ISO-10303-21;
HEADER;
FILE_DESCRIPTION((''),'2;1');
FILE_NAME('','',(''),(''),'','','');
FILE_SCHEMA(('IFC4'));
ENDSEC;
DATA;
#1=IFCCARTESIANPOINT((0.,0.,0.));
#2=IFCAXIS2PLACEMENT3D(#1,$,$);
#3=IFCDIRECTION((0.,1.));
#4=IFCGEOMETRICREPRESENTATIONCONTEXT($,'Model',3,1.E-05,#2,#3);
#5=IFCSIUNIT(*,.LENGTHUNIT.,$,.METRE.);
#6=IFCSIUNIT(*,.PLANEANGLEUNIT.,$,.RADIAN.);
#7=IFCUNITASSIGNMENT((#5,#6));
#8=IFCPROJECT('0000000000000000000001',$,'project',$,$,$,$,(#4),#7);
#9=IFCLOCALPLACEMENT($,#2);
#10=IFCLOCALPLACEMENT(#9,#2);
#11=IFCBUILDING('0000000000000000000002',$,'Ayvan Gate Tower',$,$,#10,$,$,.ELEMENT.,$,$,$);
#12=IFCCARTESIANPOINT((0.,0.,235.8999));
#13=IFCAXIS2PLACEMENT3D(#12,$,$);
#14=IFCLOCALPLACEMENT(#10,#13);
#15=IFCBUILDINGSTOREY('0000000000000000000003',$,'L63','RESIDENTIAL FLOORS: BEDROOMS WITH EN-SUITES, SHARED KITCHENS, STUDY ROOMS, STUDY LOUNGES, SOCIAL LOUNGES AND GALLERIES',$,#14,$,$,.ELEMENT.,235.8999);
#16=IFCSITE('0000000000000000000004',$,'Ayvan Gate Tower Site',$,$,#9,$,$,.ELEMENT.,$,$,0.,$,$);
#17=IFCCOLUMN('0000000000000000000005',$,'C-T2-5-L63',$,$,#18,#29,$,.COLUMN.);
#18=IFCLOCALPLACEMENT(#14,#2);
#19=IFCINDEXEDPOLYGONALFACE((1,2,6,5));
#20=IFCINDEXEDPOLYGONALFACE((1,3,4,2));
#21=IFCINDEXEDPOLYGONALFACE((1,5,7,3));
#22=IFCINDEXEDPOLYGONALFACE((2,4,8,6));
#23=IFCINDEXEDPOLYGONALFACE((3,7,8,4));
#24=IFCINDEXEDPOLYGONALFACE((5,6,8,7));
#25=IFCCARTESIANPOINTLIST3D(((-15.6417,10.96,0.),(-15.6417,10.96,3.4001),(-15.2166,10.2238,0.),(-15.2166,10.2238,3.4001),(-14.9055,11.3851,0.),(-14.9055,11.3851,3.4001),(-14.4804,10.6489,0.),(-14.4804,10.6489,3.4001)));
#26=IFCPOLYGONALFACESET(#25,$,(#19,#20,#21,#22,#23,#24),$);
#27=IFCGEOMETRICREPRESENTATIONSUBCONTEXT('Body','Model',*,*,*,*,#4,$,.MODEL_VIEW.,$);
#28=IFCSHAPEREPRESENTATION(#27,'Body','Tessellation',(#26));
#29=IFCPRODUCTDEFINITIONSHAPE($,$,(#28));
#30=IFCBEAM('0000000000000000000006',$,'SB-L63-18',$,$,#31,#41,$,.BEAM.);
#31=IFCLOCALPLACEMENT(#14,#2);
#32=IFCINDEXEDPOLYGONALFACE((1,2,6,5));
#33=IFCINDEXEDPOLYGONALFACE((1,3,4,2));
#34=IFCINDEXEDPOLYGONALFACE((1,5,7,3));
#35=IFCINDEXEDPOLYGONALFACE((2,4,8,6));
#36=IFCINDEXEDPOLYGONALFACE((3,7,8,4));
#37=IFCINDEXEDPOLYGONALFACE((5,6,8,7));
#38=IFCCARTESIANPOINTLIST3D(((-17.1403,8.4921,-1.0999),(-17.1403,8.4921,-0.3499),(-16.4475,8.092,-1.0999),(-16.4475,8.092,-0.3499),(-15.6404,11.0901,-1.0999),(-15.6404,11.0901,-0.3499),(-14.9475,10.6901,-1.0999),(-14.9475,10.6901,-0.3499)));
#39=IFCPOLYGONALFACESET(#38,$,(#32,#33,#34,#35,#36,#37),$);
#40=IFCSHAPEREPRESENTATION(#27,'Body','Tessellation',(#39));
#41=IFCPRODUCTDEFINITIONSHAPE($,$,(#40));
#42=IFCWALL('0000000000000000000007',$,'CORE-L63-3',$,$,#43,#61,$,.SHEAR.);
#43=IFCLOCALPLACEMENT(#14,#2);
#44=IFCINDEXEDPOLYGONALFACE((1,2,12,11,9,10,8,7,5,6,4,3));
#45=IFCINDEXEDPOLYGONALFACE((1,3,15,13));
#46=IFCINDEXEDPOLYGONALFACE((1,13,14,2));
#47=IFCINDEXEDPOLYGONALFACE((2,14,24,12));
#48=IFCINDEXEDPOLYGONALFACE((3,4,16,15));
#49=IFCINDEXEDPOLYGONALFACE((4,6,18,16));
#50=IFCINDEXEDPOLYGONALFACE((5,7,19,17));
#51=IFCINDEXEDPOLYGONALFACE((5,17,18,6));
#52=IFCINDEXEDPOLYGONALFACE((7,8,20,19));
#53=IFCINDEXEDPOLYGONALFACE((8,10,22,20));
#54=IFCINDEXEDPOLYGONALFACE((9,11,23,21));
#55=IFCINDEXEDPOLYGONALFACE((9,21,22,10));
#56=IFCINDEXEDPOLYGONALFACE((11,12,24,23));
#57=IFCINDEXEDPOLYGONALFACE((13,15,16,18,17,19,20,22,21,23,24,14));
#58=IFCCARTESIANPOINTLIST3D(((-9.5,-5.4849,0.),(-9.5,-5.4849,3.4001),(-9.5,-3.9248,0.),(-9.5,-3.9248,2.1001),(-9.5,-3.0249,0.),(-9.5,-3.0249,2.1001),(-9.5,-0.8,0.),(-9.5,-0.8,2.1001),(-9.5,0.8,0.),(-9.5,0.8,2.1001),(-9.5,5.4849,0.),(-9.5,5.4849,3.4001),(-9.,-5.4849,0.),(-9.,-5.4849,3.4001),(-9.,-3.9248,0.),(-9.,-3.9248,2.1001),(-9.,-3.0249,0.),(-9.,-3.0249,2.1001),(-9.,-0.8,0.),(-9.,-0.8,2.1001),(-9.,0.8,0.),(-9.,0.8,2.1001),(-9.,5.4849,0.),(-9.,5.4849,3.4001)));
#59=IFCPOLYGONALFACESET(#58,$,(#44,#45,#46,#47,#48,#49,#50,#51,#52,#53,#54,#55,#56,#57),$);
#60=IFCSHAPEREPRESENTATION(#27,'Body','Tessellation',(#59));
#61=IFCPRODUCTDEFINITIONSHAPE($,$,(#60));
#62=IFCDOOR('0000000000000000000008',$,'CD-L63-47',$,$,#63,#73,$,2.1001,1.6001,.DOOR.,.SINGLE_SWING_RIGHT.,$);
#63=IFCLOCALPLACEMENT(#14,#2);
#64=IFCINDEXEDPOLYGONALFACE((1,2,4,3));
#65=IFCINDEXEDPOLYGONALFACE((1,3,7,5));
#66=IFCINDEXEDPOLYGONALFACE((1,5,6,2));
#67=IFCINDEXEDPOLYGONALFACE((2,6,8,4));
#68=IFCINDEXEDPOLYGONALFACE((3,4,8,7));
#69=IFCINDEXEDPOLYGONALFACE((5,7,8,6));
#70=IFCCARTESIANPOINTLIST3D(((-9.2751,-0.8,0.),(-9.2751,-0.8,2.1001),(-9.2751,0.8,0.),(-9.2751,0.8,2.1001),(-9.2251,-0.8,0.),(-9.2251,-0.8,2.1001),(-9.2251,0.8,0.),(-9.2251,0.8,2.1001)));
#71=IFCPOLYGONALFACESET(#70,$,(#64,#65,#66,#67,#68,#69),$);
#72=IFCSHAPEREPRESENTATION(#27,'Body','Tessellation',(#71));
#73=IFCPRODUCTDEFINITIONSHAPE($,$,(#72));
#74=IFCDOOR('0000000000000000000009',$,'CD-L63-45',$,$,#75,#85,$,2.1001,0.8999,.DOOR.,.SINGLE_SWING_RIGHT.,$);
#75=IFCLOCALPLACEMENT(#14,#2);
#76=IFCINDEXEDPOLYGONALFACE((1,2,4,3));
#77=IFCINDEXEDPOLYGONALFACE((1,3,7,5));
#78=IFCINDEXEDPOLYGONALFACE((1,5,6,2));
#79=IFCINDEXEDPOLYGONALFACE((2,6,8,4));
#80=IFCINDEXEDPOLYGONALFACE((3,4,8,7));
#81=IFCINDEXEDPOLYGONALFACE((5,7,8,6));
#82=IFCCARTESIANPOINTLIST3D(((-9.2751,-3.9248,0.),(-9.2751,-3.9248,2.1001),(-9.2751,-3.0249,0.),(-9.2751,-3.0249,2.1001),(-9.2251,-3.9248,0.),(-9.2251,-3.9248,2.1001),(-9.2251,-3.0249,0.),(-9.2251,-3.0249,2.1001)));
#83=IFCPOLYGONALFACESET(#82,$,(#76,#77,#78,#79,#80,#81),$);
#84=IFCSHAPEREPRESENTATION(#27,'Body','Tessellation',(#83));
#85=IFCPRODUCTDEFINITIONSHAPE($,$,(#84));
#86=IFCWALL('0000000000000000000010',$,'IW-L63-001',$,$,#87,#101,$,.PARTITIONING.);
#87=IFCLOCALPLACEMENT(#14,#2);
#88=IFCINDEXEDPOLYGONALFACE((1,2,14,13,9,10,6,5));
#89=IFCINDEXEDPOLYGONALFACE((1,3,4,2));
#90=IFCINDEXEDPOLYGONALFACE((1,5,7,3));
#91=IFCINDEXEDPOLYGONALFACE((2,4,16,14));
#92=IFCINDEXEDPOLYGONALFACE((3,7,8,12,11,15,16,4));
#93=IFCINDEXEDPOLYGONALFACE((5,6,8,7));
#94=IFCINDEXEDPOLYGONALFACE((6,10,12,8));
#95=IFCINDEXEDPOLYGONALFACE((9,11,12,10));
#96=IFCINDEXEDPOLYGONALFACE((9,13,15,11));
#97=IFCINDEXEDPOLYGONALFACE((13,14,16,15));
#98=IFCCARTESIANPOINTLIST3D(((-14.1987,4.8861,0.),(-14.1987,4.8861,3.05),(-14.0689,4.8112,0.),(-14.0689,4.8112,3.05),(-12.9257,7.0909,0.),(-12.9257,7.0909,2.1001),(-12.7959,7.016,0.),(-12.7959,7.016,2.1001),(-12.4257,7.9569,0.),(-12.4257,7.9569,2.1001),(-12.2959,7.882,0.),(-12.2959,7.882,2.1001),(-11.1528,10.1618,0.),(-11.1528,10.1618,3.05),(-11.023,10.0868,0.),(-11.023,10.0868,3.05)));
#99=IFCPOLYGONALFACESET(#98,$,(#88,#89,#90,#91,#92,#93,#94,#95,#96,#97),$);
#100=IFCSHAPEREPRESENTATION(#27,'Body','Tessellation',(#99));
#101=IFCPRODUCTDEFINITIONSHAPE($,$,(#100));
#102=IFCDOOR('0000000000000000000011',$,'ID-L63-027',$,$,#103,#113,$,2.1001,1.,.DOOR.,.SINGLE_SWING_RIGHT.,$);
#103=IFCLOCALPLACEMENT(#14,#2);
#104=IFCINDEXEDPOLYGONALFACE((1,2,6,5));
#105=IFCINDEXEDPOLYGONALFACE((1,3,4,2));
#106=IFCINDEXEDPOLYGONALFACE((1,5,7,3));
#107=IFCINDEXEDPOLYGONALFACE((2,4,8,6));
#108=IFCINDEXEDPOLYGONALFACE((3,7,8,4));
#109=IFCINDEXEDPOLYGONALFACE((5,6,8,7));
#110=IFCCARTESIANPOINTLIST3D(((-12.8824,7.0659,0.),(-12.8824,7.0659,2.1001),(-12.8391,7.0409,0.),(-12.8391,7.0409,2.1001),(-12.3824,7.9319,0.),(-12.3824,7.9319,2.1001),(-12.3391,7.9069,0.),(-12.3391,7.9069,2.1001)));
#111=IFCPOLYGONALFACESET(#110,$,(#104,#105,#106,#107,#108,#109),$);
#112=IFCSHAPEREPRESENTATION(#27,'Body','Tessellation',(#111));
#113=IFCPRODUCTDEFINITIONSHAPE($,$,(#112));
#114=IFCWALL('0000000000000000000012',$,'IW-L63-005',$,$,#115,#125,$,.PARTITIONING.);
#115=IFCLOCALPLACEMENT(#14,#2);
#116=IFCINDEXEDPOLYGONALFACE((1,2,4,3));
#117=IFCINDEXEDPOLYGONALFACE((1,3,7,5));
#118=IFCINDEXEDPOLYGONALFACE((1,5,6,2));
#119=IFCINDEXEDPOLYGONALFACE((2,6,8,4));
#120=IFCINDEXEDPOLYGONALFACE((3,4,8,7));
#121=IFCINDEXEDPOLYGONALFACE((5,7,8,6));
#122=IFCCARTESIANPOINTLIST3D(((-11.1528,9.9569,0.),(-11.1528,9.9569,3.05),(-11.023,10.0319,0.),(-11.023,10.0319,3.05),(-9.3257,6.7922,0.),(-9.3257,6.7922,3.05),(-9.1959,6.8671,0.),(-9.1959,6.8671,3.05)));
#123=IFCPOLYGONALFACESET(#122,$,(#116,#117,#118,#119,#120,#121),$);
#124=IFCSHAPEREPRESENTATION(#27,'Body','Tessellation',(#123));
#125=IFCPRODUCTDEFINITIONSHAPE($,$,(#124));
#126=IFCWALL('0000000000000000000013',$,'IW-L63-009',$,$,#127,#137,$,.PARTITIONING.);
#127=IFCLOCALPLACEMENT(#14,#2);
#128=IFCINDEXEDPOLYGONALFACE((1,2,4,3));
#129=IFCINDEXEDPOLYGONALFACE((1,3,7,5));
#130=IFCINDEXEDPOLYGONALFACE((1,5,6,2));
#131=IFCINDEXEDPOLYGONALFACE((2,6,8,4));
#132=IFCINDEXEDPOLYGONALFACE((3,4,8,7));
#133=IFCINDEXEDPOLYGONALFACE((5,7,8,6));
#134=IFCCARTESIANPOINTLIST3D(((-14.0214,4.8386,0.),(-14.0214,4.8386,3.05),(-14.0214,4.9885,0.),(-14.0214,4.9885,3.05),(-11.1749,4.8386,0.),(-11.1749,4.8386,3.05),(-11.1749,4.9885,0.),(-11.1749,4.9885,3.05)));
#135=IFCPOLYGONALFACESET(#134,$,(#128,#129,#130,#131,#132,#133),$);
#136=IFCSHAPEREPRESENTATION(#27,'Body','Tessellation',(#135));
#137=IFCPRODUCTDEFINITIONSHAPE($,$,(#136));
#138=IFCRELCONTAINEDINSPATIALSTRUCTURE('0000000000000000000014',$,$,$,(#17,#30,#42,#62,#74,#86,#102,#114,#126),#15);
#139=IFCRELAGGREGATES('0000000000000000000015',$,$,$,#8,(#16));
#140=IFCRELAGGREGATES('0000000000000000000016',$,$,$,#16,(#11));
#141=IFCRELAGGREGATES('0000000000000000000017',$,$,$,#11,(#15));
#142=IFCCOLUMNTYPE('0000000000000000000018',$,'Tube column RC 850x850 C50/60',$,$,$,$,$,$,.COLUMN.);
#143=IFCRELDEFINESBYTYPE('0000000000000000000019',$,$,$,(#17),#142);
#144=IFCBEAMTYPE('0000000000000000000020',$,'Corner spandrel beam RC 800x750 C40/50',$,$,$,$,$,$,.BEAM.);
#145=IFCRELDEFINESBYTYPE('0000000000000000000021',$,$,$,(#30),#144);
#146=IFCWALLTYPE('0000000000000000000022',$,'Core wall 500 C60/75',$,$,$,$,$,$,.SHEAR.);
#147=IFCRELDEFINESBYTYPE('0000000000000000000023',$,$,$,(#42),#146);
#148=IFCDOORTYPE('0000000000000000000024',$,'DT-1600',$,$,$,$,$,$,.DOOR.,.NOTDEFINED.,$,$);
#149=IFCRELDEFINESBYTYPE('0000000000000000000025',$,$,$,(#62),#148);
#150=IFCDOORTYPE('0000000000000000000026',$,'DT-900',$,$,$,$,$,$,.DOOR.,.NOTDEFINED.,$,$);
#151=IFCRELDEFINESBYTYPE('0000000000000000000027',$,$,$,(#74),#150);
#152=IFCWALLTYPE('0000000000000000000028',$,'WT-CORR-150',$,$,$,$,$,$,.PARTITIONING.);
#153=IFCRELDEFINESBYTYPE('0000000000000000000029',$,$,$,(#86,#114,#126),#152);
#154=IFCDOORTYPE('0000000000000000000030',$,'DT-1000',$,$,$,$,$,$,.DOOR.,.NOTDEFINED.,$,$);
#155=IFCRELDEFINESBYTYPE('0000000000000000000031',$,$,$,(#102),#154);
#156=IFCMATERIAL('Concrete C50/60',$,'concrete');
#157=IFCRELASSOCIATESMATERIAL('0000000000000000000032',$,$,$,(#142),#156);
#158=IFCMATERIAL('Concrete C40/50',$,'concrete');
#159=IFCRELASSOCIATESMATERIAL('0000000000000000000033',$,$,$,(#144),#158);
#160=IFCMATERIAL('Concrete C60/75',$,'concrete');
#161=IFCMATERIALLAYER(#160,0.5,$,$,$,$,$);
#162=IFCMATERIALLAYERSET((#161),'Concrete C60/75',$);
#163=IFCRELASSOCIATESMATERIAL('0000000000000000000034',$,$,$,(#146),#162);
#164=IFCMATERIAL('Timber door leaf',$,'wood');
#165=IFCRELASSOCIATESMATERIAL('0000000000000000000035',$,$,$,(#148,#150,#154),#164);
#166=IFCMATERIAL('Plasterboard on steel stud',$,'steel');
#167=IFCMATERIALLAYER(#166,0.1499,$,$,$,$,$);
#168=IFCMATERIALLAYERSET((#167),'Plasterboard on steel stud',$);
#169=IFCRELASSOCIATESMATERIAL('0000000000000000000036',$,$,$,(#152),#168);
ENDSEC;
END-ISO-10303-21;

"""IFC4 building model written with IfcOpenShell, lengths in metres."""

from ifc_helpers import new_model, si_unit, direction, frame, frame_2d, origin, origin_2d, place, context, subcontext, project, spatial, rectangle, extrude, material, layer, layer_set, material_profile, profile_set, type_object, element, fill, save


model = new_model("IFC4")

# Units and contexts
model_context = context("Model", 3, precision=1e-05, world=origin(), true_north=direction((0.0, 1.0)))
body_context = subcontext(model_context, "Body", "Model", "MODEL_VIEW")
ifc_project = project(units=[si_unit("LENGTHUNIT", "METRE"), si_unit("PLANEANGLEUNIT", "RADIAN")], contexts=[model_context])

# Site, building, storey
site_placement = place(None, origin())
site = spatial("IfcSite", under=ifc_project, at=site_placement, Name="Ayvan Gate Tower Site", CompositionType="ELEMENT", RefElevation=0.0)
building_placement = place(site_placement, origin())
building = spatial("IfcBuilding", under=site, at=building_placement, Name="Ayvan Gate Tower", CompositionType="ELEMENT")
storey_placement = place(building_placement, frame((0.0, 0.0, 235.8999)))
storey = spatial("IfcBuildingStorey", under=building, at=storey_placement, Name="L63", Description="RESIDENTIAL FLOORS: BEDROOMS WITH EN-SUITES, SHARED KITCHENS, STUDY ROOMS, STUDY LOUNGES, SOCIAL LOUNGES AND GALLERIES", CompositionType="ELEMENT", Elevation=235.8999)

# Column
ifc_material_1 = material(Name="Concrete C50/60", Category="concrete")
ifc_material_profile_1 = material_profile(ifc_material_1, rectangle(XDim=0.8501, YDim=0.8501, at=origin_2d()), Name="RC 850x850")
ifc_profile_set_1 = profile_set([ifc_material_profile_1], Name="Concrete C50/60")
column_type = type_object("IfcColumnType", Name="Tube column RC 850x850 C50/60", PredefinedType="COLUMN", material=ifc_profile_set_1)
column_placement = place(storey_placement, frame((-15.061, 10.8044, 0.0), z_axis=(0.0, 0.0, 1.0), x_axis=(-0.5, 0.866025, 0.0)))
element("IfcColumn", 1, at=column_placement, inside=storey, type_object=column_type, Name="C-T2-5-L63", PredefinedType="COLUMN", context=body_context, shape_type="SweptSolid", body=[
    extrude(rectangle(XDim=0.8501, YDim=0.8501, at=origin_2d()), origin(), (0.0, 0.0, 1.0), 3.4001),
])

# Beam
ifc_material_2 = material(Name="Concrete C40/50", Category="concrete")
ifc_material_profile_2 = material_profile(ifc_material_2, rectangle(XDim=0.8, YDim=0.75, at=origin_2d()), Name="RC 800x750")
ifc_profile_set_2 = profile_set([ifc_material_profile_2], Name="Concrete C40/50")
beam_type = type_object("IfcBeamType", Name="Corner spandrel beam RC 800x750 C40/50", PredefinedType="BEAM", material=ifc_profile_set_2)
beam_placement = place(storey_placement, frame((-15.2939, 10.8901, -0.7249), z_axis=(-0.49999, -0.866031, 0.0), x_axis=(0.866031, -0.49999, 0.0)))
element("IfcBeam", 2, at=beam_placement, inside=storey, type_object=beam_type, Name="SB-L63-18", PredefinedType="BEAM", context=body_context, shape_type="SweptSolid", body=[
    extrude(rectangle(XDim=0.8, YDim=0.75, at=origin_2d()), origin(), (0.0, 0.0, 1.0), 3.0),
])

# Wall, openings, doors
ifc_material_3 = material(Name="Concrete C60/75", Category="concrete")
ifc_layer_1 = layer(ifc_material_3, 0.5)
ifc_layer_set_1 = layer_set([ifc_layer_1], Name="Concrete C60/75")
wall_type_1 = type_object("IfcWallType", Name="Core wall 500 C60/75", PredefinedType="SHEAR", material=ifc_layer_set_1)
wall_1_placement = place(storey_placement, frame((-9.25, 5.4849, 0.0), z_axis=(0.0, 0.0, 1.0), x_axis=(0.0, -1.0, 0.0)))
wall_1 = element("IfcWall", 3, at=wall_1_placement, inside=storey, type_object=wall_type_1, Name="CORE-L63-3", PredefinedType="SHEAR", context=body_context, shape_type="SweptSolid", body=[
    extrude(rectangle(XDim=10.9697, YDim=0.5, at=frame_2d((5.4849, 0.0))), origin(), (0.0, 0.0, 1.0), 3.4001),
])
opening_1_placement = place(wall_1_placement, frame((8.5098, 0.0, 0.0)))
opening_1 = element("IfcOpeningElement", 4, at=opening_1_placement, cuts=wall_1, PredefinedType="OPENING", context=body_context, shape_type="SweptSolid", body=[
    extrude(rectangle(XDim=0.8999, YDim=2.1001, at=frame_2d((0.45, 1.05))), frame((0.0, 0.26, 0.0), z_axis=(0.0, -1.0, 0.0), x_axis=(1.0, 0.0, 0.0)), (0.0, 0.0, 1.0), 0.52),
])
opening_2_placement = place(wall_1_placement, frame((4.6848, 0.0, 0.0)))
opening_2 = element("IfcOpeningElement", 5, at=opening_2_placement, cuts=wall_1, PredefinedType="OPENING", context=body_context, shape_type="SweptSolid", body=[
    extrude(rectangle(XDim=1.6001, YDim=2.1001, at=frame_2d((0.8, 1.05))), frame((0.0, 0.26, 0.0), z_axis=(0.0, -1.0, 0.0), x_axis=(1.0, 0.0, 0.0)), (0.0, 0.0, 1.0), 0.52),
])
ifc_material_4 = material(Name="Timber door leaf", Category="wood")
door_type_1 = type_object("IfcDoorType", Name="DT-1600", OperationType="NOTDEFINED", PredefinedType="DOOR", material=ifc_material_4)
door_1_placement = place(opening_2_placement, origin())
door_1 = element("IfcDoor", 6, at=door_1_placement, inside=storey, type_object=door_type_1, Name="CD-L63-47", OperationType="SINGLE_SWING_RIGHT", OverallHeight=2.1001, OverallWidth=1.6001, PredefinedType="DOOR", context=body_context, shape_type="SweptSolid", body=[
    extrude(rectangle(XDim=1.6001, YDim=2.1001, at=frame_2d((0.8, 1.05))), frame((0.0, 0.0249, 0.0), z_axis=(0.0, -1.0, 0.0), x_axis=(1.0, 0.0, 0.0)), (0.0, 0.0, 1.0), 0.05),
])
fill(opening_2, door_1)
door_type_2 = type_object("IfcDoorType", Name="DT-900", OperationType="NOTDEFINED", PredefinedType="DOOR", material=ifc_material_4)
door_2_placement = place(opening_1_placement, origin())
door_2 = element("IfcDoor", 7, at=door_2_placement, inside=storey, type_object=door_type_2, Name="CD-L63-45", OperationType="SINGLE_SWING_RIGHT", OverallHeight=2.1001, OverallWidth=0.8999, PredefinedType="DOOR", context=body_context, shape_type="SweptSolid", body=[
    extrude(rectangle(XDim=0.8999, YDim=2.1001, at=frame_2d((0.45, 1.05))), frame((0.0, 0.0249, 0.0), z_axis=(0.0, -1.0, 0.0), x_axis=(1.0, 0.0, 0.0)), (0.0, 0.0, 1.0), 0.05),
])
fill(opening_1, door_2)

# Wall, opening, door
ifc_material_5 = material(Name="Plasterboard on steel stud", Category="steel")
ifc_layer_2 = layer(ifc_material_5, 0.1499)
ifc_layer_set_2 = layer_set([ifc_layer_2], Name="Plasterboard on steel stud")
wall_type_2 = type_object("IfcWallType", Name="WT-CORR-150", PredefinedType="PARTITIONING", material=ifc_layer_set_2)
wall_2_placement = place(storey_placement, frame((-14.1338, 4.8486, 0.0), z_axis=(0.0, 0.0, 1.0), x_axis=(0.500001, 0.866025, 0.0)))
wall_2 = element("IfcWall", 8, at=wall_2_placement, inside=storey, type_object=wall_type_2, Name="IW-L63-001", PredefinedType="PARTITIONING", context=body_context, shape_type="SweptSolid", body=[
    extrude(rectangle(XDim=6.0918, YDim=0.1499, at=frame_2d((3.0459, 0.0))), origin(), (0.0, 0.0, 1.0), 3.05),
])
opening_3_placement = place(wall_2_placement, frame((2.5459, 0.0, 0.0)))
opening_3 = element("IfcOpeningElement", 9, at=opening_3_placement, cuts=wall_2, PredefinedType="OPENING", context=body_context, shape_type="SweptSolid", body=[
    extrude(rectangle(XDim=1.0, YDim=2.1001, at=frame_2d((0.5, 1.05))), frame((0.0, 0.085, 0.0), z_axis=(0.0, -1.0, 0.0), x_axis=(1.0, 0.0, 0.0)), (0.0, 0.0, 1.0), 0.1699),
])
door_type_3 = type_object("IfcDoorType", Name="DT-1000", OperationType="NOTDEFINED", PredefinedType="DOOR", material=ifc_material_4)
door_3_placement = place(opening_3_placement, origin())
door_3 = element("IfcDoor", 10, at=door_3_placement, inside=storey, type_object=door_type_3, Name="ID-L63-027", OperationType="SINGLE_SWING_RIGHT", OverallHeight=2.1001, OverallWidth=1.0, PredefinedType="DOOR", context=body_context, shape_type="SweptSolid", body=[
    extrude(rectangle(XDim=1.0, YDim=2.1001, at=frame_2d((0.5, 1.05))), frame((0.0, 0.0249, 0.0), z_axis=(0.0, -1.0, 0.0), x_axis=(1.0, 0.0, 0.0)), (0.0, 0.0, 1.0), 0.05),
])
fill(opening_3, door_3)

# Walls
wall_3_placement = place(storey_placement, frame((-11.0879, 9.9944, 0.0), z_axis=(0.0, 0.0, 1.0), x_axis=(0.49999, -0.866031, 0.0)))
element("IfcWall", 11, at=wall_3_placement, inside=storey, type_object=wall_type_2, Name="IW-L63-005", PredefinedType="PARTITIONING", context=body_context, shape_type="SweptSolid", body=[
    extrude(rectangle(XDim=3.6543, YDim=0.1499, at=frame_2d((1.8271, 0.0))), origin(), (0.0, 0.0, 1.0), 3.05),
])
wall_4_placement = place(storey_placement, frame((-11.1748, 4.9136, 0.0), z_axis=(0.0, 0.0, 1.0), x_axis=(-1.0, 0.0, 0.0)))
element("IfcWall", 12, at=wall_4_placement, inside=storey, type_object=wall_type_2, Name="IW-L63-009", PredefinedType="PARTITIONING", context=body_context, shape_type="SweptSolid", body=[
    extrude(rectangle(XDim=2.8464, YDim=0.1499, at=frame_2d((1.4233, 0.0))), origin(), (0.0, 0.0, 1.0), 3.05),
])

save(model, "model.ifc")
